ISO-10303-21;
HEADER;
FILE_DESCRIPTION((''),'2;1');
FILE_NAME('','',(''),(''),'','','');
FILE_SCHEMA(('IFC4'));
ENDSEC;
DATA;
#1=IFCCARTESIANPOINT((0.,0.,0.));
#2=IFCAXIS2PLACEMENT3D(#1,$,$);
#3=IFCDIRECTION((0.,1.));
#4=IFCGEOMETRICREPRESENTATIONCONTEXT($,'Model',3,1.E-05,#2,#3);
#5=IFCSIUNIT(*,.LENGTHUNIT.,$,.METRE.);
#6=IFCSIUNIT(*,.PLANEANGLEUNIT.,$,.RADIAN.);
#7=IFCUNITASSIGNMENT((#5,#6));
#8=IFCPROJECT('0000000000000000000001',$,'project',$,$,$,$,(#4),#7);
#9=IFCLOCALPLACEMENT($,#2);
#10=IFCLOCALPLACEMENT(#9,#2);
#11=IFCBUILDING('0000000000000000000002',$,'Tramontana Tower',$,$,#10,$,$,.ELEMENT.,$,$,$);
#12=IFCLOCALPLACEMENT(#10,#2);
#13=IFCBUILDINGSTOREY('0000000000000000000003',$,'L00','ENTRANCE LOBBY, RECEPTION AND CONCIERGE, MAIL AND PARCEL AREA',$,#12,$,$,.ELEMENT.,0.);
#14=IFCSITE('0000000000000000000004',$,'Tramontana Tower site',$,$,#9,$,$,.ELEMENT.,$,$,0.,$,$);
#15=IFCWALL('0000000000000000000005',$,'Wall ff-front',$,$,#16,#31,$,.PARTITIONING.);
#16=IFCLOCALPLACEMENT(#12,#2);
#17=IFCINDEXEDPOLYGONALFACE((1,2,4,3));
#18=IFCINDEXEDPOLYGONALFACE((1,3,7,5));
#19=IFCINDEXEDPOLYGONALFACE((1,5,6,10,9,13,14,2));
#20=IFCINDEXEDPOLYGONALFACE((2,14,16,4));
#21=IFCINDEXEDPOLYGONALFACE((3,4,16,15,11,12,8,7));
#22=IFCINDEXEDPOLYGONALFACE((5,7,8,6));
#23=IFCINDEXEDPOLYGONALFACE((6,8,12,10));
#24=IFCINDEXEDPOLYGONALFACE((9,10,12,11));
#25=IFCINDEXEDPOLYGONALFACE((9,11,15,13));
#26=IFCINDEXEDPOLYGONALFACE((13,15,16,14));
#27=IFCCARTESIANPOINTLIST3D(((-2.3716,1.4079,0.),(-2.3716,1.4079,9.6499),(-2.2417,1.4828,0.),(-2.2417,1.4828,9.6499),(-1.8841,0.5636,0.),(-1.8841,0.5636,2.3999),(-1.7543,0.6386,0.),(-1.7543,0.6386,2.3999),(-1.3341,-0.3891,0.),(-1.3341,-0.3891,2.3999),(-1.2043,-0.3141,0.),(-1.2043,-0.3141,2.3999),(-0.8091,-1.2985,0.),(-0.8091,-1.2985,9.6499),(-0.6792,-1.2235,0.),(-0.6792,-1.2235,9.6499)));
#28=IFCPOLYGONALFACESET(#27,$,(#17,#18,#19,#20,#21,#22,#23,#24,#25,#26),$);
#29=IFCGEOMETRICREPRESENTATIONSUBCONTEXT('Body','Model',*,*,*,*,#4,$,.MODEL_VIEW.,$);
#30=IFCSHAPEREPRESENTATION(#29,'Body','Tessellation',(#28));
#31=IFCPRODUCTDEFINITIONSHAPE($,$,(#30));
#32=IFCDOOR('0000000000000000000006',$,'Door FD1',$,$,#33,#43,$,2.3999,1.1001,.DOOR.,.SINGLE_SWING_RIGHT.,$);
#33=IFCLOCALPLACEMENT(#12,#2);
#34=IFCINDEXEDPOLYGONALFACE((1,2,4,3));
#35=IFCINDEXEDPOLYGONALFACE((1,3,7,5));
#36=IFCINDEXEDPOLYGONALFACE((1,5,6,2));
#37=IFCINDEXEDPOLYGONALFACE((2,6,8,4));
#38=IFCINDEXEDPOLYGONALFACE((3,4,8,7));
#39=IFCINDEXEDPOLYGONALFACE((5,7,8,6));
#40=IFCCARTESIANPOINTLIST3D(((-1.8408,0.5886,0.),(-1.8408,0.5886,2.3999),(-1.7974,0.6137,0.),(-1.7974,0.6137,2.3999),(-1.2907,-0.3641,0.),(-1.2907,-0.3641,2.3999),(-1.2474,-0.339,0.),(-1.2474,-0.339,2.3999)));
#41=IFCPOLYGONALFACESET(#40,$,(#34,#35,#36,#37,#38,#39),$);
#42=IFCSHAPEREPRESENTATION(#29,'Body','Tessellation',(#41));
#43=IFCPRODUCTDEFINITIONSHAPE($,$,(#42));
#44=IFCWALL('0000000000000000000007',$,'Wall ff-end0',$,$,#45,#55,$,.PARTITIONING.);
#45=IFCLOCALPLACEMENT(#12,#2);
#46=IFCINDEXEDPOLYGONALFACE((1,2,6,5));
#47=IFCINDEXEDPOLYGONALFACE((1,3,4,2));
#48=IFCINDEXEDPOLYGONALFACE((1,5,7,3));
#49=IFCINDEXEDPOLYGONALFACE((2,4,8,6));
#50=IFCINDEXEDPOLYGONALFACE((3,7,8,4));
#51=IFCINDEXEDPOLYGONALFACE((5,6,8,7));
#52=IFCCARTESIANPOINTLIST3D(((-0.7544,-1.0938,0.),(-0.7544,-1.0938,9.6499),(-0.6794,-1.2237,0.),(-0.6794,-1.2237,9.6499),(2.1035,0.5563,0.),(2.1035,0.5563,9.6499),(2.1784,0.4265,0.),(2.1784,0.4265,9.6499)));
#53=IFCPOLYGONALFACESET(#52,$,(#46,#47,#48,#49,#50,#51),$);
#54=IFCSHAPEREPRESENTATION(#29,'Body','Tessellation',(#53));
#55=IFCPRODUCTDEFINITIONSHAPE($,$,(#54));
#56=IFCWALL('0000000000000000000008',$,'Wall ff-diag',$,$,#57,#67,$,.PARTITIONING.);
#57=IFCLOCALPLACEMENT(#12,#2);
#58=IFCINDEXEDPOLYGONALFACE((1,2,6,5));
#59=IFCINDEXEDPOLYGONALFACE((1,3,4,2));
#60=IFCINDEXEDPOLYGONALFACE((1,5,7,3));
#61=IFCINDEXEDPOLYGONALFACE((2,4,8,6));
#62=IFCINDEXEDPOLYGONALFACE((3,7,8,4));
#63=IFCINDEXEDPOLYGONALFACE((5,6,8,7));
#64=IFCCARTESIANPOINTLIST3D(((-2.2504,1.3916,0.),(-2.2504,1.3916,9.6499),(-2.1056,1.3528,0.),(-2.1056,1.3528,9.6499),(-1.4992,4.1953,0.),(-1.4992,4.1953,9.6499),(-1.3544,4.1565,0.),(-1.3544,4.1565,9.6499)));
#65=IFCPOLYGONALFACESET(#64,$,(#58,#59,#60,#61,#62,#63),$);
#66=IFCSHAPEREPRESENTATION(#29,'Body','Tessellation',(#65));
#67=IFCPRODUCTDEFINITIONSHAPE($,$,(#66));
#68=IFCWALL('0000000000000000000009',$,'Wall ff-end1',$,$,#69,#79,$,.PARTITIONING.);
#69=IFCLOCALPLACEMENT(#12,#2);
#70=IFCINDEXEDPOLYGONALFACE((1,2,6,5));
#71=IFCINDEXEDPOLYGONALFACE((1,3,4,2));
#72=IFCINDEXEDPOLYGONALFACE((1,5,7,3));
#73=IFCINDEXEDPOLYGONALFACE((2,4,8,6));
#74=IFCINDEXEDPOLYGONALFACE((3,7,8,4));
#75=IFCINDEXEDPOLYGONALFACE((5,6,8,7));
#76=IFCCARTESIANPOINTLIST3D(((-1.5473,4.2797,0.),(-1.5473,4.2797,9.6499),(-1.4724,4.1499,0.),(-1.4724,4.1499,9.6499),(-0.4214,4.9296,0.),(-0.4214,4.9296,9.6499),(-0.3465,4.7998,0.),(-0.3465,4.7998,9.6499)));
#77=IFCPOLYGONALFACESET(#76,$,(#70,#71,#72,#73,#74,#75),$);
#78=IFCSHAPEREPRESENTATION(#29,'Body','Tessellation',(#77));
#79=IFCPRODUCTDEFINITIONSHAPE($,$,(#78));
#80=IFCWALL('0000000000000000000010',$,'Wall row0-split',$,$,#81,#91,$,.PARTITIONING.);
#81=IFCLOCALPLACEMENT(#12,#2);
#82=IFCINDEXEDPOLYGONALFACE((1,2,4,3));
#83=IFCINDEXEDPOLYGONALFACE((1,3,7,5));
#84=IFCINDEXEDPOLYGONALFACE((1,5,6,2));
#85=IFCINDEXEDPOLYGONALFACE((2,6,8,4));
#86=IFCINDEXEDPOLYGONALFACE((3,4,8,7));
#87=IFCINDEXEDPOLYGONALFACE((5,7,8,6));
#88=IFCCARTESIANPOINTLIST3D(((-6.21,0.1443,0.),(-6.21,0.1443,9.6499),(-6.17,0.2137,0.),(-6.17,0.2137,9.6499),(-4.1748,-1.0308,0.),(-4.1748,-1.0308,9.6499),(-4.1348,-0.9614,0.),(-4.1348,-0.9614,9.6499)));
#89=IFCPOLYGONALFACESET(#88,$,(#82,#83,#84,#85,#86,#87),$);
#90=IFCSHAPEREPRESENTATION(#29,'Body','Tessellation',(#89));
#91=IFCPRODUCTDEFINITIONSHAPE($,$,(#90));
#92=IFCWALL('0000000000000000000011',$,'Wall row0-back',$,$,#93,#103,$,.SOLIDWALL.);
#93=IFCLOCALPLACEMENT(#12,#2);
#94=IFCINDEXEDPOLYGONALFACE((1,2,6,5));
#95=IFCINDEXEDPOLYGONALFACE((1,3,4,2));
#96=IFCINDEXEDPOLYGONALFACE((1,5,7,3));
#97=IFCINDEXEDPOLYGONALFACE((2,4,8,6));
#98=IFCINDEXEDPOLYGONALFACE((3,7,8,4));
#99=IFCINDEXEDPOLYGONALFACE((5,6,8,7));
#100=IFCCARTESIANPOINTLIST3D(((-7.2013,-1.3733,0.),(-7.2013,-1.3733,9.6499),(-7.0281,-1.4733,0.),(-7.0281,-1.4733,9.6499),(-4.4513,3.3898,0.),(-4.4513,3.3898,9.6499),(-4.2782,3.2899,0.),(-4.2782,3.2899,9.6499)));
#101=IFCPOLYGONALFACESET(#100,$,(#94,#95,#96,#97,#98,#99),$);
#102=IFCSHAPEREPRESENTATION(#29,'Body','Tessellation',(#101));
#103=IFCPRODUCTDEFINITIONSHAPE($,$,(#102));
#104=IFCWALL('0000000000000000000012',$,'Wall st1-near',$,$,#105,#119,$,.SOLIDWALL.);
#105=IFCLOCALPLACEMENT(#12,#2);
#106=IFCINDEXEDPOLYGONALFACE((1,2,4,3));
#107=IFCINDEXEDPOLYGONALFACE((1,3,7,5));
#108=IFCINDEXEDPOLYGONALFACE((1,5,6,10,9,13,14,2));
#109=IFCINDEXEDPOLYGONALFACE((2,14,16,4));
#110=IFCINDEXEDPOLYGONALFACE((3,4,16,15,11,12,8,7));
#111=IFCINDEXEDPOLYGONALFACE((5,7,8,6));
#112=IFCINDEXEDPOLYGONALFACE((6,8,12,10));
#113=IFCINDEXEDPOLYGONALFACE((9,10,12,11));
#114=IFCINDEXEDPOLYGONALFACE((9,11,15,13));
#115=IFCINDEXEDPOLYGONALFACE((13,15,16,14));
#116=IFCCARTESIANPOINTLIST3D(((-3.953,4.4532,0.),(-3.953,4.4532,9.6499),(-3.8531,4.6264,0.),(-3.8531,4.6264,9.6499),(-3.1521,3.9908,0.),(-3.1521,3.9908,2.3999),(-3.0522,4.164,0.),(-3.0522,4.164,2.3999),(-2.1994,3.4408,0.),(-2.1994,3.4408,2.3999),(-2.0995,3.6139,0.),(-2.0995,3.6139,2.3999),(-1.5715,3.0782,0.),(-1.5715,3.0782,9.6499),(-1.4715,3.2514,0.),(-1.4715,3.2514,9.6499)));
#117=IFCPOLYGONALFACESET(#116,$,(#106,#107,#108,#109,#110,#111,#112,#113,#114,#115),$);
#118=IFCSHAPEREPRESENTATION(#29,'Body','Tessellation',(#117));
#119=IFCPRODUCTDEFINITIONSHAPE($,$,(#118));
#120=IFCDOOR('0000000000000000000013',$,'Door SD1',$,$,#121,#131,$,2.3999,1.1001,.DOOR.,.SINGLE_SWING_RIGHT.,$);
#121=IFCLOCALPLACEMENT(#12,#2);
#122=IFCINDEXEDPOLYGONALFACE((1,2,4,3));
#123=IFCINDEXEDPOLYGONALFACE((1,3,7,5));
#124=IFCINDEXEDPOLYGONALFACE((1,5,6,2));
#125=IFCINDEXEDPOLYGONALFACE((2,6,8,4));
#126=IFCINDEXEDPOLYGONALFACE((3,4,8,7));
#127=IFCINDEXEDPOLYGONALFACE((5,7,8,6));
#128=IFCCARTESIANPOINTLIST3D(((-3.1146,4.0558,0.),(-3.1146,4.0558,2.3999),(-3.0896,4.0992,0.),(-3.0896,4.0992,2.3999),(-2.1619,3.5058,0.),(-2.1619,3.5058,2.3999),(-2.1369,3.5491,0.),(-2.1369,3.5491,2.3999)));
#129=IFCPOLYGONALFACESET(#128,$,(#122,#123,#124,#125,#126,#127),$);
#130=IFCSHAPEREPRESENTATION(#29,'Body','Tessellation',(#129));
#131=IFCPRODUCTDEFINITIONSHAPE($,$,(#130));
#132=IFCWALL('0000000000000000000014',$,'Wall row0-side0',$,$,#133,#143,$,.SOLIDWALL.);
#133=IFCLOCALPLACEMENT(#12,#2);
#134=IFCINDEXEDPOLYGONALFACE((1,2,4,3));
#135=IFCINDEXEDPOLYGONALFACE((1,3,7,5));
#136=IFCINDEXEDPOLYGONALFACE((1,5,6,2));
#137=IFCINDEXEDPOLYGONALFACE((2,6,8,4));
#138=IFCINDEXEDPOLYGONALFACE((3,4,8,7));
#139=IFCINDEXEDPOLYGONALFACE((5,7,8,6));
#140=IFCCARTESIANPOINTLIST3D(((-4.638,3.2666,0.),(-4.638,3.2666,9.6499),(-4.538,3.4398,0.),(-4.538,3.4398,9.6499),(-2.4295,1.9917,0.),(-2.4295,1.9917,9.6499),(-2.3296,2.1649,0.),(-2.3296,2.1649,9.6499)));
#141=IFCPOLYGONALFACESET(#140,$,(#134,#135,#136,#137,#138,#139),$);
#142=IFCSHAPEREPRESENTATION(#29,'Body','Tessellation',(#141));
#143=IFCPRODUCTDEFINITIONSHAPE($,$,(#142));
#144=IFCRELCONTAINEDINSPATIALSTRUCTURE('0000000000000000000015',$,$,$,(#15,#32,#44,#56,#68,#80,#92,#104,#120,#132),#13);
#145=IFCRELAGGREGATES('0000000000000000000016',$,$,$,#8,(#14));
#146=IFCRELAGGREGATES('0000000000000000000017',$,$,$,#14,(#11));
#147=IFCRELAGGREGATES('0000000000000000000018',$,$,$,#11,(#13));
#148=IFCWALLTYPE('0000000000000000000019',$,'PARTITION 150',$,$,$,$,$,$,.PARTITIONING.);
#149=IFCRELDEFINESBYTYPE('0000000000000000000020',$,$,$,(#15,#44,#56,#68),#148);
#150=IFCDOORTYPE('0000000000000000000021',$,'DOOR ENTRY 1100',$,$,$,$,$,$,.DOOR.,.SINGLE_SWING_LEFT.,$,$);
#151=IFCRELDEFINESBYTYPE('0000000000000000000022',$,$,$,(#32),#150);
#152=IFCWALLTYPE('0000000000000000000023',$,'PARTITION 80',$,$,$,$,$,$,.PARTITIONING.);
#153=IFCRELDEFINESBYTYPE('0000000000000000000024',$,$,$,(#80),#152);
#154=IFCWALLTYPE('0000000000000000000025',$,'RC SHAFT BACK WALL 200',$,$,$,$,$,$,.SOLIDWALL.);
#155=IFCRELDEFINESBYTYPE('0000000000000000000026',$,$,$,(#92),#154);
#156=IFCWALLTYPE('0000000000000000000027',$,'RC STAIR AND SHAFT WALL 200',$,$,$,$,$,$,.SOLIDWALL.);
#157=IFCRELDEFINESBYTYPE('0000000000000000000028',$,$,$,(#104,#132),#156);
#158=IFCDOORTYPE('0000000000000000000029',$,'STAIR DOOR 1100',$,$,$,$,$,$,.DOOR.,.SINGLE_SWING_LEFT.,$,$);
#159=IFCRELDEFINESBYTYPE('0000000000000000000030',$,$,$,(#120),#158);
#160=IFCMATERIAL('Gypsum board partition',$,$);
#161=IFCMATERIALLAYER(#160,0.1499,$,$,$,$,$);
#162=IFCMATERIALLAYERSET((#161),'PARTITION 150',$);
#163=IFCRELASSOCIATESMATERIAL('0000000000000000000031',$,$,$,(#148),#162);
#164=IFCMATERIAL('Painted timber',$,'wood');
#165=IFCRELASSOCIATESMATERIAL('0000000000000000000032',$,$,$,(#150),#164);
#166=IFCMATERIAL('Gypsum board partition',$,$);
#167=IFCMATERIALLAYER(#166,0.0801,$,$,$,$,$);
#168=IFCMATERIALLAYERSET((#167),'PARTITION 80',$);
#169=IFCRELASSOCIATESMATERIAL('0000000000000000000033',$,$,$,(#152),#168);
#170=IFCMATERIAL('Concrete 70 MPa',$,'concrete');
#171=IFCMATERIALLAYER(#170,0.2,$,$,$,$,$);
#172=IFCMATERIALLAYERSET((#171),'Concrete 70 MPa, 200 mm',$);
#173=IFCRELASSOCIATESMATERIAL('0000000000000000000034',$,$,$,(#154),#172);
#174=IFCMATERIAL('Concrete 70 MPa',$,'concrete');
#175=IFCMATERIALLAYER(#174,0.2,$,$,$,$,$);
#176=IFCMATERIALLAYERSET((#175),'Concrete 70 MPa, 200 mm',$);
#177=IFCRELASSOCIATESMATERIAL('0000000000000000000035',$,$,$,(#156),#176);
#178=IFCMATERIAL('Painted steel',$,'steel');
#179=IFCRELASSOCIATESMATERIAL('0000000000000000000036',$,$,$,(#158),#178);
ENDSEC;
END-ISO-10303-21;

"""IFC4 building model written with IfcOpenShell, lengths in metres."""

from ifc_helpers import new_model, si_unit, direction, frame, frame_2d, origin, place, context, subcontext, project, spatial, rectangle, extrude, material, layer, layer_set, type_object, element, fill, save


model = new_model("IFC4")

# Units and contexts
model_context = context("Model", 3, precision=1e-05, world=origin(), true_north=direction((0.0, 1.0)))
body_context = subcontext(model_context, "Body", "Model", "MODEL_VIEW")
ifc_project = project(units=[si_unit("LENGTHUNIT", "METRE"), si_unit("PLANEANGLEUNIT", "RADIAN")], contexts=[model_context])

# Site, building, storey
site_placement = place(None, origin())
site = spatial("IfcSite", under=ifc_project, at=site_placement, Name="Tramontana Tower site", CompositionType="ELEMENT", RefElevation=0.0)
building_placement = place(site_placement, origin())
building = spatial("IfcBuilding", under=site, at=building_placement, Name="Tramontana Tower", CompositionType="ELEMENT")
storey_placement = place(building_placement, origin())
storey = spatial("IfcBuildingStorey", under=building, at=storey_placement, Name="L00", Description="ENTRANCE LOBBY, RECEPTION AND CONCIERGE, MAIL AND PARCEL AREA", CompositionType="ELEMENT", Elevation=0.0)

# Wall, opening, door
ifc_material_1 = material(Name="Gypsum board partition")
ifc_layer_1 = layer(ifc_material_1, 0.1499)
ifc_layer_set_1 = layer_set([ifc_layer_1], Name="PARTITION 150")
wall_type_1 = type_object("IfcWallType", Name="PARTITION 150", PredefinedType="PARTITIONING", material=ifc_layer_set_1)
wall_1_placement = place(storey_placement, frame((-0.7441, -1.261, 0.0), z_axis=(0.0, 0.0, 1.0), x_axis=(-0.500004, 0.866023, 0.0)))
wall_1 = element("IfcWall", 1, at=wall_1_placement, inside=storey, type_object=wall_type_1, Name="Wall ff-front", PredefinedType="PARTITIONING", context=body_context, shape_type="SweptSolid", body=[
    extrude(rectangle(XDim=3.125, YDim=0.1499, at=frame_2d((1.5625, 0.0))), origin(), (0.0, 0.0, 1.0), 9.6499),
])
opening_1_placement = place(wall_1_placement, frame((1.05, 0.0, 0.0)))
opening_1 = element("IfcOpeningElement", 2, at=opening_1_placement, cuts=wall_1, PredefinedType="OPENING", context=body_context, shape_type="SweptSolid", body=[
    extrude(rectangle(XDim=1.1001, YDim=2.3999, at=frame_2d((0.55, 1.2))), frame((0.0, 0.085, 0.0), z_axis=(0.0, -1.0, 0.0), x_axis=(1.0, 0.0, 0.0)), (0.0, 0.0, 1.0), 0.1699),
])
ifc_material_2 = material(Name="Painted timber", Category="wood")
door_type_1 = type_object("IfcDoorType", Name="DOOR ENTRY 1100", OperationType="SINGLE_SWING_LEFT", PredefinedType="DOOR", material=ifc_material_2)
door_1_placement = place(opening_1_placement, origin())
door_1 = element("IfcDoor", 3, at=door_1_placement, inside=storey, type_object=door_type_1, Name="Door FD1", OperationType="SINGLE_SWING_RIGHT", OverallHeight=2.3999, OverallWidth=1.1001, PredefinedType="DOOR", context=body_context, shape_type="SweptSolid", body=[
    extrude(rectangle(XDim=1.1001, YDim=2.3999, at=frame_2d((0.55, 1.2))), frame((0.0, 0.0249, 0.0), z_axis=(0.0, -1.0, 0.0), x_axis=(1.0, 0.0, 0.0)), (0.0, 0.0, 1.0), 0.05),
])
fill(opening_1, door_1)

# Walls
wall_2_placement = place(storey_placement, frame((-0.7168, -1.1587, 0.0), z_axis=(0.0, 0.0, 1.0), x_axis=(0.866008, 0.50003, 0.0)))
element("IfcWall", 4, at=wall_2_placement, inside=storey, type_object=wall_type_1, Name="Wall ff-end0", PredefinedType="PARTITIONING", context=body_context, shape_type="SweptSolid", body=[
    extrude(rectangle(XDim=3.3, YDim=0.1499, at=frame_2d((1.6499, 0.0))), origin(), (0.0, 0.0, 1.0), 9.6499),
])
wall_3_placement = place(storey_placement, frame((-2.178, 1.3723, 0.0), z_axis=(0.0, 0.0, 1.0), x_axis=(0.258809, 0.965929, 0.0)))
element("IfcWall", 5, at=wall_3_placement, inside=storey, type_object=wall_type_1, Name="Wall ff-diag", PredefinedType="PARTITIONING", context=body_context, shape_type="SweptSolid", body=[
    extrude(rectangle(XDim=2.9026, YDim=0.1499, at=frame_2d((1.4512, 0.0))), origin(), (0.0, 0.0, 1.0), 9.6499),
])
wall_4_placement = place(storey_placement, frame((-1.5098, 4.2148, 0.0), z_axis=(0.0, 0.0, 1.0), x_axis=(0.866086, 0.499896, 0.0)))
element("IfcWall", 6, at=wall_4_placement, inside=storey, type_object=wall_type_1, Name="Wall ff-end1", PredefinedType="PARTITIONING", context=body_context, shape_type="SweptSolid", body=[
    extrude(rectangle(XDim=1.3, YDim=0.1499, at=frame_2d((0.6499, 0.0))), origin(), (0.0, 0.0, 1.0), 9.6499),
])
ifc_material_3 = material(Name="Gypsum board partition")
ifc_layer_2 = layer(ifc_material_3, 0.0801)
ifc_layer_set_2 = layer_set([ifc_layer_2], Name="PARTITION 80")
wall_type_2 = type_object("IfcWallType", Name="PARTITION 80", PredefinedType="PARTITIONING", material=ifc_layer_set_2)
wall_5_placement = place(storey_placement, frame((-4.1548, -0.9961, 0.0), z_axis=(0.0, 0.0, 1.0), x_axis=(-0.866016, 0.500016, 0.0)))
element("IfcWall", 7, at=wall_5_placement, inside=storey, type_object=wall_type_2, Name="Wall row0-split", PredefinedType="PARTITIONING", context=body_context, shape_type="SweptSolid", body=[
    extrude(rectangle(XDim=2.3501, YDim=0.0801, at=frame_2d((1.175, 0.0))), origin(), (0.0, 0.0, 1.0), 9.6499),
])
ifc_material_4 = material(Name="Concrete 70 MPa", Category="concrete")
ifc_layer_3 = layer(ifc_material_4, 0.2)
ifc_layer_set_3 = layer_set([ifc_layer_3], Name="Concrete 70 MPa, 200 mm")
wall_type_3 = type_object("IfcWallType", Name="RC SHAFT BACK WALL 200", PredefinedType="SOLIDWALL", material=ifc_layer_set_3)
wall_6_placement = place(storey_placement, frame((-4.3647, 3.3398, 0.0), z_axis=(0.0, 0.0, 1.0), x_axis=(-0.499997, -0.866027, 0.0)))
element("IfcWall", 8, at=wall_6_placement, inside=storey, type_object=wall_type_3, Name="Wall row0-back", PredefinedType="SOLIDWALL", context=body_context, shape_type="SweptSolid", body=[
    extrude(rectangle(XDim=5.5, YDim=0.2, at=frame_2d((2.75, 0.0))), origin(), (0.0, 0.0, 1.0), 9.6499),
])

# Wall, opening, door
ifc_material_5 = material(Name="Concrete 70 MPa", Category="concrete")
ifc_layer_4 = layer(ifc_material_5, 0.2)
ifc_layer_set_4 = layer_set([ifc_layer_4], Name="Concrete 70 MPa, 200 mm")
wall_type_4 = type_object("IfcWallType", Name="RC STAIR AND SHAFT WALL 200", PredefinedType="SOLIDWALL", material=ifc_layer_set_4)
wall_7_placement = place(storey_placement, frame((-1.5215, 3.1648, 0.0), z_axis=(0.0, 0.0, 1.0), x_axis=(-0.866027, 0.499997, 0.0)))
wall_7 = element("IfcWall", 9, at=wall_7_placement, inside=storey, type_object=wall_type_4, Name="Wall st1-near", PredefinedType="SOLIDWALL", context=body_context, shape_type="SweptSolid", body=[
    extrude(rectangle(XDim=2.75, YDim=0.2, at=frame_2d((1.375, 0.0))), origin(), (0.0, 0.0, 1.0), 9.6499),
])
opening_2_placement = place(wall_7_placement, frame((0.7251, 0.0, 0.0)))
opening_2 = element("IfcOpeningElement", 10, at=opening_2_placement, cuts=wall_7, PredefinedType="OPENING", context=body_context, shape_type="SweptSolid", body=[
    extrude(rectangle(XDim=1.1001, YDim=2.3999, at=frame_2d((0.55, 1.2))), frame((0.0, 0.1099, 0.0), z_axis=(0.0, -1.0, 0.0), x_axis=(1.0, 0.0, 0.0)), (0.0, 0.0, 1.0), 0.22),
])
ifc_material_6 = material(Name="Painted steel", Category="steel")
door_type_2 = type_object("IfcDoorType", Name="STAIR DOOR 1100", OperationType="SINGLE_SWING_LEFT", PredefinedType="DOOR", material=ifc_material_6)
door_2_placement = place(opening_2_placement, origin())
door_2 = element("IfcDoor", 11, at=door_2_placement, inside=storey, type_object=door_type_2, Name="Door SD1", OperationType="SINGLE_SWING_RIGHT", OverallHeight=2.3999, OverallWidth=1.1001, PredefinedType="DOOR", context=body_context, shape_type="SweptSolid", body=[
    extrude(rectangle(XDim=1.1001, YDim=2.3999, at=frame_2d((0.55, 1.2))), frame((0.0, 0.0249, 0.0), z_axis=(0.0, -1.0, 0.0), x_axis=(1.0, 0.0, 0.0)), (0.0, 0.0, 1.0), 0.05),
])
fill(opening_2, door_2)

# Wall
wall_8_placement = place(storey_placement, frame((-2.3796, 2.0784, 0.0), z_axis=(0.0, 0.0, 1.0), x_axis=(-0.866055, 0.499949, 0.0)))
element("IfcWall", 12, at=wall_8_placement, inside=storey, type_object=wall_type_4, Name="Wall row0-side0", PredefinedType="SOLIDWALL", context=body_context, shape_type="SweptSolid", body=[
    extrude(rectangle(XDim=2.55, YDim=0.2, at=frame_2d((1.2749, 0.0))), origin(), (0.0, 0.0, 1.0), 9.6499),
])

save(model, "model.ifc")
